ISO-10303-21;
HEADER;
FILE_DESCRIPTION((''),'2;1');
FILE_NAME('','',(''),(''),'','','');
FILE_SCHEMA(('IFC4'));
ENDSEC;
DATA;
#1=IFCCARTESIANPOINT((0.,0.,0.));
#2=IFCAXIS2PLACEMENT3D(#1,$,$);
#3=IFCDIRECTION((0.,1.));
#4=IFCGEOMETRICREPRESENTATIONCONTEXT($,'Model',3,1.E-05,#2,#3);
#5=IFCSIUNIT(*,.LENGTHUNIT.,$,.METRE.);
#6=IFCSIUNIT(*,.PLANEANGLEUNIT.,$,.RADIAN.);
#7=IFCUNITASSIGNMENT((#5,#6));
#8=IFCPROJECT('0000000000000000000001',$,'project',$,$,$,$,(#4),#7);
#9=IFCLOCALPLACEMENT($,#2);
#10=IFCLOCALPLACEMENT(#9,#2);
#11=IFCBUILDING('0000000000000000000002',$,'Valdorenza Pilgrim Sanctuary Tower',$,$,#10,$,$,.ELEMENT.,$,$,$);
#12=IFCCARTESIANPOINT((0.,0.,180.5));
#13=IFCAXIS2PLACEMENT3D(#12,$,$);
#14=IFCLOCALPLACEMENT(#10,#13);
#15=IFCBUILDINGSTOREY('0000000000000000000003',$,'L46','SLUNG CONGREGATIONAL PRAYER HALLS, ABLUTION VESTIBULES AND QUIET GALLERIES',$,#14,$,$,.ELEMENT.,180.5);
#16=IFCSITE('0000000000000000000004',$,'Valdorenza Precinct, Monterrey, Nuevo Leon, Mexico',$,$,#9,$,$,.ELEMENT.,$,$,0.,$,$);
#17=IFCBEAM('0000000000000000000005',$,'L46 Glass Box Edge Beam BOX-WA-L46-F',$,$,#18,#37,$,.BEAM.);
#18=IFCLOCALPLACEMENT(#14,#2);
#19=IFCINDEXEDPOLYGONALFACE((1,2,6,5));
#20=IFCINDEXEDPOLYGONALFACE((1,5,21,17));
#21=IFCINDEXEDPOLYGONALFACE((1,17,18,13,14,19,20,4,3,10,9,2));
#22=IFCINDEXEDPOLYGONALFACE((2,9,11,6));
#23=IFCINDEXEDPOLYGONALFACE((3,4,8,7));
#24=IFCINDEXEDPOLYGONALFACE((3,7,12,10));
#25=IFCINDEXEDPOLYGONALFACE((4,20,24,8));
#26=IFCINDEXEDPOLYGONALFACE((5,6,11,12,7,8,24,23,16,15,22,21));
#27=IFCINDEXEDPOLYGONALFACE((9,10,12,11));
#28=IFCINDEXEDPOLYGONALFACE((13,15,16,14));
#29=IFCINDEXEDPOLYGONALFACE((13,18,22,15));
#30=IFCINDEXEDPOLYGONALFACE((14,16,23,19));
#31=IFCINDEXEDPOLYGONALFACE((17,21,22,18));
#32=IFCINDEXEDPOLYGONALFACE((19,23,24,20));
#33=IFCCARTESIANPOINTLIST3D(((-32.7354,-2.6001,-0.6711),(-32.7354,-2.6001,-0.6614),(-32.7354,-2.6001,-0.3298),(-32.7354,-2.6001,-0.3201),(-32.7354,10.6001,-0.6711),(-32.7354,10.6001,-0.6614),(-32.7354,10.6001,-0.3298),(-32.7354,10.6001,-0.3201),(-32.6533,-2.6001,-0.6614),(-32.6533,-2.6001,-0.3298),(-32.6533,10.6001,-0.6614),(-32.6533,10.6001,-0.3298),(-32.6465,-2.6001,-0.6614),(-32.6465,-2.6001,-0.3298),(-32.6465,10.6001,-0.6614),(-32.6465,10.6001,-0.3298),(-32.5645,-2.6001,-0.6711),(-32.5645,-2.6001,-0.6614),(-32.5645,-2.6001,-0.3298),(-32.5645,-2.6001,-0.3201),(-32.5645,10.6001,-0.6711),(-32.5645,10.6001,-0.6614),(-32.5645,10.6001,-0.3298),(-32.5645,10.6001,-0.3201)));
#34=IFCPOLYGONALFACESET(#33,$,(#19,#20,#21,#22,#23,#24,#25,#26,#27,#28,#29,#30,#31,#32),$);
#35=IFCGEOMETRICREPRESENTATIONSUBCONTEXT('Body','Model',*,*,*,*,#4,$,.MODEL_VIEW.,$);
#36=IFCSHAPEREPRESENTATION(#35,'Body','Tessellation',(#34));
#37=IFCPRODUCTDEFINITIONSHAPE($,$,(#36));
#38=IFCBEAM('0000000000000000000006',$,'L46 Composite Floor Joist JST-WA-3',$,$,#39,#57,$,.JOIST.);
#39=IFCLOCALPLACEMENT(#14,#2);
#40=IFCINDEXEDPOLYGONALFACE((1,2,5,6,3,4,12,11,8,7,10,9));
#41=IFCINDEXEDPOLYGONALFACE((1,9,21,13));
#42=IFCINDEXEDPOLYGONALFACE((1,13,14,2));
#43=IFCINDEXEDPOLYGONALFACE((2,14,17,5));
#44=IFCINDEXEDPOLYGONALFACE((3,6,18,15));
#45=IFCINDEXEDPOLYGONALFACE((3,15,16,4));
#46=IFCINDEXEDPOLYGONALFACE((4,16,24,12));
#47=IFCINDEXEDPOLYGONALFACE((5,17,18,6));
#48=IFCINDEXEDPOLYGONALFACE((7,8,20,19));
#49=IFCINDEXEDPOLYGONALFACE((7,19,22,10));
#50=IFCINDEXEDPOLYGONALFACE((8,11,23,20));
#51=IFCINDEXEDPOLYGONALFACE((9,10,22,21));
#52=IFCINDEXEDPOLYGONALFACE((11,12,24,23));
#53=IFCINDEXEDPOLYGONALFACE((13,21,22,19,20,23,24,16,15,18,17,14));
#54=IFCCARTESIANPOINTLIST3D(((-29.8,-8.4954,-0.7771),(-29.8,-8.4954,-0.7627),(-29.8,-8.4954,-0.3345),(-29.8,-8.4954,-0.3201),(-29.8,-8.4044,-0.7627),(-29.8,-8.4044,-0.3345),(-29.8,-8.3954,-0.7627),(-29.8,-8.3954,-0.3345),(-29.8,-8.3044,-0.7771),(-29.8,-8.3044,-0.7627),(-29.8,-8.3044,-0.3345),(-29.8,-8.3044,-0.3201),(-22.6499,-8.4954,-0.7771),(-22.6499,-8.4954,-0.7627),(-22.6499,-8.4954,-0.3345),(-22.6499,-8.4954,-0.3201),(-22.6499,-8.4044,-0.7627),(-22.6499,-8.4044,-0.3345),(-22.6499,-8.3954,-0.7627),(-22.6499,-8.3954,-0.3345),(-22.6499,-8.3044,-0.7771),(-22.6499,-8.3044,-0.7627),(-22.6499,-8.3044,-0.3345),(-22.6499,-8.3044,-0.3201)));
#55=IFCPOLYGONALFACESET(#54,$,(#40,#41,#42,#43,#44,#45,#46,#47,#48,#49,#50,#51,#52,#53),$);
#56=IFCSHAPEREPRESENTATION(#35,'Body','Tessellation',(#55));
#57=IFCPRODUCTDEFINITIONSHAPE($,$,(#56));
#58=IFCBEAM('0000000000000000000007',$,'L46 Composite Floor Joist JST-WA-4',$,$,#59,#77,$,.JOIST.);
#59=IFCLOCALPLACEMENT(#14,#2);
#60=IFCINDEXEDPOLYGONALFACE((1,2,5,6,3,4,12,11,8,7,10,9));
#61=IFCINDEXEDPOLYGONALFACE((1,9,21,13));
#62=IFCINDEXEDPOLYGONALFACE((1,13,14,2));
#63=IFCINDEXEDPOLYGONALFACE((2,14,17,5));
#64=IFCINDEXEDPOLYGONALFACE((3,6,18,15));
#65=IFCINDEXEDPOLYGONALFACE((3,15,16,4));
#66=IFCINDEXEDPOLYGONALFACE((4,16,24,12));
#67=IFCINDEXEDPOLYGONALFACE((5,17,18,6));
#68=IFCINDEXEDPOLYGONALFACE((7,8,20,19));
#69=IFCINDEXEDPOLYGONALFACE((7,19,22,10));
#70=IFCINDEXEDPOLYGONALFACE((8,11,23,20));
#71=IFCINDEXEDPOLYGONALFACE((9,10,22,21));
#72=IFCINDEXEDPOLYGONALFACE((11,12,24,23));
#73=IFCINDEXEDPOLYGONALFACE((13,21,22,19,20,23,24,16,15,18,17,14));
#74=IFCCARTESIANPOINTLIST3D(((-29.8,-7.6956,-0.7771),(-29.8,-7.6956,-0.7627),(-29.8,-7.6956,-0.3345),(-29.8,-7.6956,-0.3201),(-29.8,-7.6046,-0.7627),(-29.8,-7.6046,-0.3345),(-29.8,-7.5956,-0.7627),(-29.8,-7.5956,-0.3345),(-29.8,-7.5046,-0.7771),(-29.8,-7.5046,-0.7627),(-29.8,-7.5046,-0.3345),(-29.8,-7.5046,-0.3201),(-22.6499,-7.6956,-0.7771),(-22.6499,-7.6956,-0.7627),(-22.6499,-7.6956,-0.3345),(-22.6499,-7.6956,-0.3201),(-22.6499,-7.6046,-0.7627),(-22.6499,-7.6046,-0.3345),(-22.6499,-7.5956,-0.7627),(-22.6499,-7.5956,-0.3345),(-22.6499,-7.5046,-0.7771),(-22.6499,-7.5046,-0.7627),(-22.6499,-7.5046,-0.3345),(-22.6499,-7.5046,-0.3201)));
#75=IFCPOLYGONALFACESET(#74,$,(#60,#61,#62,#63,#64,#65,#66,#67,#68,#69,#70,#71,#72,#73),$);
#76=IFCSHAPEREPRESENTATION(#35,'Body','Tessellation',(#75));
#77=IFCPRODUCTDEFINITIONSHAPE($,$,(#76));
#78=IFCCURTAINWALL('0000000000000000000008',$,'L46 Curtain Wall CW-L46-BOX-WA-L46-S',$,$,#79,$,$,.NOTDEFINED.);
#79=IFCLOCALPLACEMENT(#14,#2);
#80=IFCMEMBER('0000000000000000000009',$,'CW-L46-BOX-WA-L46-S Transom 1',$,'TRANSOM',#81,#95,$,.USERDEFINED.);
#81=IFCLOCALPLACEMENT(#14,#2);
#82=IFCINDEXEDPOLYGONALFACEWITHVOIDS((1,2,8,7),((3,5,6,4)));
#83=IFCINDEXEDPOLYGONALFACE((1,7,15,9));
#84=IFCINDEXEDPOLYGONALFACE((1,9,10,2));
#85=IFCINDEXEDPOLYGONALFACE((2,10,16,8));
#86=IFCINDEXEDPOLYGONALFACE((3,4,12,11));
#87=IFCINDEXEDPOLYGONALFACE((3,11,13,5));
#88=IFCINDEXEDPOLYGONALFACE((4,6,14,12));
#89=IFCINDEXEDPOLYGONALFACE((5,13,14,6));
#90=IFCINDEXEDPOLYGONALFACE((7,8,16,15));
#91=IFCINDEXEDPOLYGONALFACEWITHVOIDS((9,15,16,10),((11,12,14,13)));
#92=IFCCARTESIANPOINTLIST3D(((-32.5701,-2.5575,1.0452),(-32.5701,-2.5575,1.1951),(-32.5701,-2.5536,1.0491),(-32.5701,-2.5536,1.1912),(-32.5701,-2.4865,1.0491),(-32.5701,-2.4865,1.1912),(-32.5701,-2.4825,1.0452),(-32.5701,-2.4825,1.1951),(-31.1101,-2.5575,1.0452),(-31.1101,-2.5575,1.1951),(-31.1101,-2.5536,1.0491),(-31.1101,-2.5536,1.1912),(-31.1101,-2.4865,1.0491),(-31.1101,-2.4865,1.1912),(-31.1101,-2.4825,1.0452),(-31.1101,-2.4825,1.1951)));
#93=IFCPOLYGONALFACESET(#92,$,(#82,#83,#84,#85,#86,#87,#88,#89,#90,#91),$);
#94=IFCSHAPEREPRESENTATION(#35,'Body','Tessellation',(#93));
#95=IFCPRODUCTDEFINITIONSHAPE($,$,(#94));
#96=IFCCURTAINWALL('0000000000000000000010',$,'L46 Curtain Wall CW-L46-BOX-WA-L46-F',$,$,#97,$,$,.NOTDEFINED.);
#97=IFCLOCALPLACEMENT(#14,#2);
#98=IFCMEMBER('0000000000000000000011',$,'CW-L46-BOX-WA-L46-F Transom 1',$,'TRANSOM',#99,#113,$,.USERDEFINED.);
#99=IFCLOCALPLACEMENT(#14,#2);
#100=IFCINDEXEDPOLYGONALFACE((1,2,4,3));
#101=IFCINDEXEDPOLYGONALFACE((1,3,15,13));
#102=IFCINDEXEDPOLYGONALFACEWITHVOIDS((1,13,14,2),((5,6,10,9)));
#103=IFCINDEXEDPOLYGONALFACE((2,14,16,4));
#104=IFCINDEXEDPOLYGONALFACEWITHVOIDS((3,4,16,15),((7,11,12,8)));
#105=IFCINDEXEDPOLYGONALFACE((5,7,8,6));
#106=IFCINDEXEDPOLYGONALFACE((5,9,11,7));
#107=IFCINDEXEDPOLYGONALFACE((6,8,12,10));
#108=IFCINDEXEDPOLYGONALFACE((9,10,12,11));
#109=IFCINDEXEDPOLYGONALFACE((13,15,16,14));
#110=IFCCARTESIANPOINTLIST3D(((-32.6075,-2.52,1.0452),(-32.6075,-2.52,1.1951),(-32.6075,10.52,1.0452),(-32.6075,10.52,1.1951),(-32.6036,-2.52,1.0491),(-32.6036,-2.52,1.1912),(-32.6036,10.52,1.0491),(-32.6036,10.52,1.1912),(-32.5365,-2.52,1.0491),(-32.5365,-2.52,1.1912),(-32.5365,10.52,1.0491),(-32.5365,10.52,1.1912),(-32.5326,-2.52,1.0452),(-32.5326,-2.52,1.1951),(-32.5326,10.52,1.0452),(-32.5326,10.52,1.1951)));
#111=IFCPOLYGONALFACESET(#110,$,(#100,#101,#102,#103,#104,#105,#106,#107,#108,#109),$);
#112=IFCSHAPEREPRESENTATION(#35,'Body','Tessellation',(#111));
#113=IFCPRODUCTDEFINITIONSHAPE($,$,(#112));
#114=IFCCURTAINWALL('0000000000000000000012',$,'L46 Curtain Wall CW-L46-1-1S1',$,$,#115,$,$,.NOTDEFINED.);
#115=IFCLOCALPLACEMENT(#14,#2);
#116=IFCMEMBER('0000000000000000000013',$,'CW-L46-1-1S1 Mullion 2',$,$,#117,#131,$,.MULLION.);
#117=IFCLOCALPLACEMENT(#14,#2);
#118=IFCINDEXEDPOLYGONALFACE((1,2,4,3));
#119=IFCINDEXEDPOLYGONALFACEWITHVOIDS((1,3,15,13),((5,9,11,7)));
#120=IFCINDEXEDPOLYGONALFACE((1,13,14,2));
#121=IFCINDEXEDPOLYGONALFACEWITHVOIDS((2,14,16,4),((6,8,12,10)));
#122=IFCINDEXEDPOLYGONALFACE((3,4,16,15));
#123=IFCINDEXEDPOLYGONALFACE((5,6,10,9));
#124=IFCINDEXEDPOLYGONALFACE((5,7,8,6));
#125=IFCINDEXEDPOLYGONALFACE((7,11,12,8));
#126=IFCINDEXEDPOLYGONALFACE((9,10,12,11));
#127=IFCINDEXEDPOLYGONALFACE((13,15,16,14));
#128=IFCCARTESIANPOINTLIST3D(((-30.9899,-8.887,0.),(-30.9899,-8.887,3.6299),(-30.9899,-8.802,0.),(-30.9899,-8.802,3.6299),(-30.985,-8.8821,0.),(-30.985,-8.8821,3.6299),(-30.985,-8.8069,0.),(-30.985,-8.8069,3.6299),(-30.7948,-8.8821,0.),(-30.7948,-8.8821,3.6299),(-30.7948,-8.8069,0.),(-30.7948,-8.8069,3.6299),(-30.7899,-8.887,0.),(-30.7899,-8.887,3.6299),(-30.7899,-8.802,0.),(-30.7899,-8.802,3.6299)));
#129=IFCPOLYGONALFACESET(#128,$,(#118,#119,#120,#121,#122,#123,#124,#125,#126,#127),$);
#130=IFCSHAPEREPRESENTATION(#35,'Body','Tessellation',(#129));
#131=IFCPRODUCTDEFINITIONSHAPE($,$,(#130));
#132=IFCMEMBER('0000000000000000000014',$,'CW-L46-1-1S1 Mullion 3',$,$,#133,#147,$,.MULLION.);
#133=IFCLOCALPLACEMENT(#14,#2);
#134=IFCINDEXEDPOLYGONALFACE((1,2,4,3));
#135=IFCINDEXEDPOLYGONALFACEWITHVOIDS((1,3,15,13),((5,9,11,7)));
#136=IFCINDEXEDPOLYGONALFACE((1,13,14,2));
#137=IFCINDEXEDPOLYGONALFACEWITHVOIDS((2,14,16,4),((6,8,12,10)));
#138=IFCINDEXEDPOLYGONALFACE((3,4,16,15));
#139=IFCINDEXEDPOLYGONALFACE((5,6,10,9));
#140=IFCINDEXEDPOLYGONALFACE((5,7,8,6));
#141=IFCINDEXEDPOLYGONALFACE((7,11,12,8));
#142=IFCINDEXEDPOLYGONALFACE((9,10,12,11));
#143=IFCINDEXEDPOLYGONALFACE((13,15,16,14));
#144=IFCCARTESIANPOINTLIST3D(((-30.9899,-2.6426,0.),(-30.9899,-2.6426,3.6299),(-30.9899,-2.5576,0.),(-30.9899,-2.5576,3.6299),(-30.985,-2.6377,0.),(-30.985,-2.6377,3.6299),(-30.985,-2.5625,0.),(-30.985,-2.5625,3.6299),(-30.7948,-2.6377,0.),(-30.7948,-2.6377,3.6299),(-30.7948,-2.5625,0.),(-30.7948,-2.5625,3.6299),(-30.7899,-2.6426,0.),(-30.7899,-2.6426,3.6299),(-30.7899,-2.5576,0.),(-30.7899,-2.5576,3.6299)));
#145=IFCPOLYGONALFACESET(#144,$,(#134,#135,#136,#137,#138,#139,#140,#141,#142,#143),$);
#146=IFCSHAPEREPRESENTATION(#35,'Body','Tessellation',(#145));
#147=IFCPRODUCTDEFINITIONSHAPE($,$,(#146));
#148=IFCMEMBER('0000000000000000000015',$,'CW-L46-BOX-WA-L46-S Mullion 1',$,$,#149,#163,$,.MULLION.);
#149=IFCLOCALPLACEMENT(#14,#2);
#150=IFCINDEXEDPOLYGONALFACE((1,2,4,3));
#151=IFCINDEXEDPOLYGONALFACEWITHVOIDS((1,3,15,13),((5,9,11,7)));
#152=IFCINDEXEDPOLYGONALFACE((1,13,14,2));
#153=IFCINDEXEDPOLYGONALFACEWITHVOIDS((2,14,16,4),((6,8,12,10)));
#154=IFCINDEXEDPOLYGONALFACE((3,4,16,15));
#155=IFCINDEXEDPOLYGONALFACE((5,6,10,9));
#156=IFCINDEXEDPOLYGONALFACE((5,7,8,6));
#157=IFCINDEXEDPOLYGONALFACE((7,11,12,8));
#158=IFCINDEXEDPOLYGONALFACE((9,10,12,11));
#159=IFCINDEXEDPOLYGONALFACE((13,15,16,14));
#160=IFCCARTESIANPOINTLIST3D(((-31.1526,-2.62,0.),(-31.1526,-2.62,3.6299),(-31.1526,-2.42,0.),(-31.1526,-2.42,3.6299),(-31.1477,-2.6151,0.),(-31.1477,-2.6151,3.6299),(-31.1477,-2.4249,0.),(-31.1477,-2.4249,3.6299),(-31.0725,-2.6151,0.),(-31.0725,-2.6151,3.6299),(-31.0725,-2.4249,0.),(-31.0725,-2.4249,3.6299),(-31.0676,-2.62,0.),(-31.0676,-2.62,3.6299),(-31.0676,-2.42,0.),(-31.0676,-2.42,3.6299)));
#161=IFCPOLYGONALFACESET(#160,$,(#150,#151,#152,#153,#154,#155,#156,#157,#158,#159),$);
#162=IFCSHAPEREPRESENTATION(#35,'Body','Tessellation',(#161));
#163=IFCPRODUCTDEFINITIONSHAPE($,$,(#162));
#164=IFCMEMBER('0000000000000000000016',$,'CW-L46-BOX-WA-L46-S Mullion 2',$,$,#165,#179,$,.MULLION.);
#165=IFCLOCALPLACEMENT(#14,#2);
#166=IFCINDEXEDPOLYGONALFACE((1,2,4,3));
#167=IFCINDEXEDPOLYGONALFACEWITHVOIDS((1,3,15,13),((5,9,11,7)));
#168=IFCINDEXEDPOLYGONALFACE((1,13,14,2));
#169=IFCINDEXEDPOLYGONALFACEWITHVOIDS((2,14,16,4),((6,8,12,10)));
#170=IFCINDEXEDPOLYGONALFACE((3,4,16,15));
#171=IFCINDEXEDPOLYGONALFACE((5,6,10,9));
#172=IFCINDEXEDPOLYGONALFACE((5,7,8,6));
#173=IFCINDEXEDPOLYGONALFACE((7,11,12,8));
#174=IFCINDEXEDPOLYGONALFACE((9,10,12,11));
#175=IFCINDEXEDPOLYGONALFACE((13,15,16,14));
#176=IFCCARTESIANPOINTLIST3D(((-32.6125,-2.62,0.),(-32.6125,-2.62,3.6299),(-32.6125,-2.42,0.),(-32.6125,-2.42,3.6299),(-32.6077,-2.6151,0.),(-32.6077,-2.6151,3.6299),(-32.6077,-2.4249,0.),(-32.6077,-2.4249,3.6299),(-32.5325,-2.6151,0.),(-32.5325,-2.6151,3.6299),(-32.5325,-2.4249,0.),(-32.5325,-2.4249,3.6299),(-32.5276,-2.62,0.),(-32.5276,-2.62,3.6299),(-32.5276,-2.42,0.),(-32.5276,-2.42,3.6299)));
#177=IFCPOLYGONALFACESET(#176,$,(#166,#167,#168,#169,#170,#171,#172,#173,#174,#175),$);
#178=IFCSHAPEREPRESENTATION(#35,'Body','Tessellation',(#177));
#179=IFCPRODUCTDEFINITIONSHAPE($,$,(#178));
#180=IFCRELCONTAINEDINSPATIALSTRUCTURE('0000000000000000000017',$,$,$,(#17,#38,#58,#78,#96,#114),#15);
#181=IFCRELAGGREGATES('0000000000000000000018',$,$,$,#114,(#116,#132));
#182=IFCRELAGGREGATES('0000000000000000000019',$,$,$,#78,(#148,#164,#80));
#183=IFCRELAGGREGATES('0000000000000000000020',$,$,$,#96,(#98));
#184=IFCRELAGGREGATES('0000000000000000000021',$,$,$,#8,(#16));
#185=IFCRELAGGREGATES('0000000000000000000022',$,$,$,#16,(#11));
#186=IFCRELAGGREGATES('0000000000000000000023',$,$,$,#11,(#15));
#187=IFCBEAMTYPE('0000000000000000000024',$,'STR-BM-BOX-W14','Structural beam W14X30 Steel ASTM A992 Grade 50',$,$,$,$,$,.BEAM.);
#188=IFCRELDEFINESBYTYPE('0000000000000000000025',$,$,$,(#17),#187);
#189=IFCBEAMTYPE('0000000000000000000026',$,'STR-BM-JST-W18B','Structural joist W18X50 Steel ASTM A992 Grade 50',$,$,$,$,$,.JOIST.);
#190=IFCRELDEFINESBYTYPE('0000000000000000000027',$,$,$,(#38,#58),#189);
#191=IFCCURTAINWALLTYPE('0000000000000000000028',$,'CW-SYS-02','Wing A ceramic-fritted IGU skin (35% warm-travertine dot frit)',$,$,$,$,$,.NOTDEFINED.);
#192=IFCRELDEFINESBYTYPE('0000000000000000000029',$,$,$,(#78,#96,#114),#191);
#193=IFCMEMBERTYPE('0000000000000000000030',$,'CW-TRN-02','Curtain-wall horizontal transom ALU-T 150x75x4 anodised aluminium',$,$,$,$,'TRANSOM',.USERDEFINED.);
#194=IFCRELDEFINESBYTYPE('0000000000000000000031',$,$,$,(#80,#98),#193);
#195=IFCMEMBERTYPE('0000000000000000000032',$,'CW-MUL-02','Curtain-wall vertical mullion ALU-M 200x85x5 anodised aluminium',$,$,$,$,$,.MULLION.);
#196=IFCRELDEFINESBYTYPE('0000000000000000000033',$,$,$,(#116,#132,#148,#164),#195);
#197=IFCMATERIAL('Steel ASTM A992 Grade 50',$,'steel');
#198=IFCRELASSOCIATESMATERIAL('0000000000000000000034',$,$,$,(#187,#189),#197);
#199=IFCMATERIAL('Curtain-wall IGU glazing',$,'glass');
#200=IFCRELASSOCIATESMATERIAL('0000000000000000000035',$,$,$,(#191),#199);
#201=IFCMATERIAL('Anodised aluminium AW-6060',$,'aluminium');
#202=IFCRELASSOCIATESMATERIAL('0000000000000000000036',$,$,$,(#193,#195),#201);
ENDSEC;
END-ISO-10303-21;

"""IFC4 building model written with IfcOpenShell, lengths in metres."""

from ifc_helpers import new_model, si_unit, direction, frame, origin, origin_2d, place, context, subcontext, project, spatial, hollow_rectangle, i_section, extrude, source, transform, mapped, material, material_profile, profile_set, type_object, element, aggregate, save


model = new_model("IFC4")

# Units and contexts
model_context = context("Model", 3, precision=1e-05, world=origin(), true_north=direction((0.0, 1.0)))
body_context = subcontext(model_context, "Body", "Model", "MODEL_VIEW")
ifc_project = project(units=[si_unit("LENGTHUNIT", "METRE"), si_unit("PLANEANGLEUNIT", "RADIAN")], contexts=[model_context])

# Site, building, storey
site_placement = place(None, origin())
site = spatial("IfcSite", under=ifc_project, at=site_placement, Name="Valdorenza Precinct, Monterrey, Nuevo Leon, Mexico", CompositionType="ELEMENT", RefElevation=0.0)
building_placement = place(site_placement, origin())
building = spatial("IfcBuilding", under=site, at=building_placement, Name="Valdorenza Pilgrim Sanctuary Tower", CompositionType="ELEMENT")
storey_placement = place(building_placement, frame((0.0, 0.0, 180.5)))
storey = spatial("IfcBuildingStorey", under=building, at=storey_placement, Name="L46", Description="SLUNG CONGREGATIONAL PRAYER HALLS, ABLUTION VESTIBULES AND QUIET GALLERIES", CompositionType="ELEMENT", Elevation=180.5)

# Beams
ifc_material_1 = material(Name="Steel ASTM A992 Grade 50", Category="steel")
ifc_material_profile_1 = material_profile(ifc_material_1, i_section(OverallWidth=0.1709, OverallDepth=0.3511, WebThickness=0.0068, FlangeThickness=0.0098, at=origin_2d()), Name="W14X30")
ifc_profile_set_1 = profile_set([ifc_material_profile_1], Name="Steel ASTM A992 Grade 50")
beam_type_1 = type_object("IfcBeamType", Name="STR-BM-BOX-W14", Description="Structural beam W14X30 Steel ASTM A992 Grade 50", PredefinedType="BEAM", material=ifc_profile_set_1)
shared_shape_1 = source(origin(), body_context, "Body", "SweptSolid", [
    extrude(i_section(OverallWidth=0.1709, OverallDepth=0.3511, WebThickness=0.0068, FlangeThickness=0.0098, at=origin_2d()), origin(), (0.0, 0.0, 1.0), 13.2002),
])
beam_placement = place(storey_placement, frame((-32.6499, -2.6001, -0.4956), z_axis=(0.0, 1.0, 0.0), x_axis=(-1.0, 0.0, 0.0)))
element("IfcBeam", 1, at=beam_placement, inside=storey, type_object=beam_type_1, Name="L46 Glass Box Edge Beam BOX-WA-L46-F", PredefinedType="BEAM", context=body_context, shape_type="MappedRepresentation", body=[
    mapped(shared_shape_1, transform((0.0, 0.0, 0.0), x_axis=(1.0, 0.0, 0.0), y_axis=(0.0, 1.0, 0.0), z_axis=(0.0, 0.0, 1.0), scale=1.0)),
])
ifc_material_profile_2 = material_profile(ifc_material_1, i_section(OverallWidth=0.1909, OverallDepth=0.457, WebThickness=0.009, FlangeThickness=0.0144, at=origin_2d()), Name="W18X50")
ifc_profile_set_2 = profile_set([ifc_material_profile_2], Name="Steel ASTM A992 Grade 50")
beam_type_2 = type_object("IfcBeamType", Name="STR-BM-JST-W18B", Description="Structural joist W18X50 Steel ASTM A992 Grade 50", PredefinedType="JOIST", material=ifc_profile_set_2)
shared_shape_2 = source(origin(), body_context, "Body", "SweptSolid", [
    extrude(i_section(OverallWidth=0.1909, OverallDepth=0.457, WebThickness=0.009, FlangeThickness=0.0144, at=origin_2d()), origin(), (0.0, 0.0, 1.0), 7.1501),
])
for number, where, z_axis, x_axis, name in (
    (2, (-29.8, -8.3999, -0.5486), (1.0, 0.0, 0.0), (0.0, 1.0, 0.0), "L46 Composite Floor Joist JST-WA-3"),
    (3, (-29.8, -7.6001, -0.5486), (1.0, 0.0, 0.0), (0.0, 1.0, 0.0), "L46 Composite Floor Joist JST-WA-4"),
):
    element("IfcBeam", number, at=place(storey_placement, frame(where, z_axis=z_axis, x_axis=x_axis)), inside=storey, type_object=beam_type_2, Name=name, PredefinedType="JOIST", context=body_context, shape_type="MappedRepresentation", body=[
        mapped(shared_shape_2, transform((0.0, 0.0, 0.0), x_axis=(1.0, 0.0, 0.0), y_axis=(0.0, 1.0, 0.0), z_axis=(0.0, 0.0, 1.0), scale=1.0)),
    ])

# Curtain walls, members
ifc_material_2 = material(Name="Curtain-wall IGU glazing", Category="glass")
curtain_wall_type = type_object("IfcCurtainWallType", Name="CW-SYS-02", Description="Wing A ceramic-fritted IGU skin (35% warm-travertine dot frit)", PredefinedType="NOTDEFINED", material=ifc_material_2)
curtain_wall_1_placement = place(storey_placement, origin())
curtain_wall_1 = element("IfcCurtainWall", 4, at=curtain_wall_1_placement, inside=storey, type_object=curtain_wall_type, Name="L46 Curtain Wall CW-L46-BOX-WA-L46-S", PredefinedType="NOTDEFINED")
ifc_material_3 = material(Name="Anodised aluminium AW-6060", Category="aluminium")
ifc_material_profile_3 = material_profile(ifc_material_3, hollow_rectangle(XDim=0.075, YDim=0.1499, WallThickness=0.0039, at=origin_2d()), Name="ALU-T 150x75x4")
ifc_profile_set_3 = profile_set([ifc_material_profile_3], Name="Anodised aluminium AW-6060")
member_type_1 = type_object("IfcMemberType", Name="CW-TRN-02", Description="Curtain-wall horizontal transom ALU-T 150x75x4 anodised aluminium", ElementType="TRANSOM", PredefinedType="USERDEFINED", material=ifc_profile_set_3)
shared_shape_3 = source(origin(), body_context, "Body", "SweptSolid", [
    extrude(hollow_rectangle(XDim=0.075, YDim=0.1499, WallThickness=0.0039, at=origin_2d()), origin(), (0.0, 0.0, 1.0), 1.46),
])
member_1_placement = place(storey_placement, frame((-31.1101, -2.52, 1.1201), z_axis=(-1.0, 0.0, 0.0), x_axis=(0.0, -1.0, 0.0)))
member_1 = element("IfcMember", 5, at=member_1_placement, type_object=member_type_1, Name="CW-L46-BOX-WA-L46-S Transom 1", ObjectType="TRANSOM", PredefinedType="USERDEFINED", context=body_context, shape_type="MappedRepresentation", body=[
    mapped(shared_shape_3, transform((0.0, 0.0, 0.0), x_axis=(1.0, 0.0, 0.0), y_axis=(0.0, 1.0, 0.0), z_axis=(0.0, 0.0, 1.0), scale=1.0)),
])
curtain_wall_2_placement = place(storey_placement, origin())
curtain_wall_2 = element("IfcCurtainWall", 6, at=curtain_wall_2_placement, inside=storey, type_object=curtain_wall_type, Name="L46 Curtain Wall CW-L46-BOX-WA-L46-F", PredefinedType="NOTDEFINED")
shared_shape_4 = source(origin(), body_context, "Body", "SweptSolid", [
    extrude(hollow_rectangle(XDim=0.075, YDim=0.1499, WallThickness=0.0039, at=origin_2d()), origin(), (0.0, 0.0, 1.0), 13.04),
])
member_2_placement = place(storey_placement, frame((-32.5701, -2.52, 1.1201), z_axis=(0.0, 1.0, 0.0), x_axis=(-1.0, 0.0, 0.0)))
member_2 = element("IfcMember", 7, at=member_2_placement, type_object=member_type_1, Name="CW-L46-BOX-WA-L46-F Transom 1", ObjectType="TRANSOM", PredefinedType="USERDEFINED", context=body_context, shape_type="MappedRepresentation", body=[
    mapped(shared_shape_4, transform((0.0, 0.0, 0.0), x_axis=(1.0, 0.0, 0.0), y_axis=(0.0, 1.0, 0.0), z_axis=(0.0, 0.0, 1.0), scale=1.0)),
])

# Curtain wall, members
curtain_wall_3_placement = place(storey_placement, origin())
curtain_wall_3 = element("IfcCurtainWall", 8, at=curtain_wall_3_placement, inside=storey, type_object=curtain_wall_type, Name="L46 Curtain Wall CW-L46-1-1S1", PredefinedType="NOTDEFINED")
ifc_material_profile_4 = material_profile(ifc_material_3, hollow_rectangle(XDim=0.085, YDim=0.2, WallThickness=0.0049, at=origin_2d()), Name="ALU-M 200x85x5")
ifc_profile_set_4 = profile_set([ifc_material_profile_4], Name="Anodised aluminium AW-6060")
member_type_2 = type_object("IfcMemberType", Name="CW-MUL-02", Description="Curtain-wall vertical mullion ALU-M 200x85x5 anodised aluminium", PredefinedType="MULLION", material=ifc_profile_set_4)
shared_shape_5 = source(origin(), body_context, "Body", "SweptSolid", [
    extrude(hollow_rectangle(XDim=0.085, YDim=0.2, WallThickness=0.0049, at=origin_2d()), origin(), (0.0, 0.0, 1.0), 3.6299),
])
member_3_placement = place(storey_placement, frame((-30.8899, -8.8445, 0.0), z_axis=(0.0, 0.0, 1.0), x_axis=(0.0, 1.0, 0.0)))
member_3 = element("IfcMember", 9, at=member_3_placement, type_object=member_type_2, Name="CW-L46-1-1S1 Mullion 2", PredefinedType="MULLION", context=body_context, shape_type="MappedRepresentation", body=[
    mapped(shared_shape_5, transform((0.0, 0.0, 0.0), x_axis=(1.0, 0.0, 0.0), y_axis=(0.0, 1.0, 0.0), z_axis=(0.0, 0.0, 1.0), scale=1.0)),
])
member_4_placement = place(storey_placement, frame((-30.8899, -2.6001, 0.0), z_axis=(0.0, 0.0, 1.0), x_axis=(0.0, 1.0, 0.0)))
member_4 = element("IfcMember", 10, at=member_4_placement, type_object=member_type_2, Name="CW-L46-1-1S1 Mullion 3", PredefinedType="MULLION", context=body_context, shape_type="MappedRepresentation", body=[
    mapped(shared_shape_5, transform((0.0, 0.0, 0.0), x_axis=(1.0, 0.0, 0.0), y_axis=(0.0, 1.0, 0.0), z_axis=(0.0, 0.0, 1.0), scale=1.0)),
])

# Members
member_5_placement = place(storey_placement, frame((-31.1101, -2.52, 0.0), z_axis=(0.0, 0.0, 1.0), x_axis=(-1.0, 0.0, 0.0)))
member_5 = element("IfcMember", 11, at=member_5_placement, type_object=member_type_2, Name="CW-L46-BOX-WA-L46-S Mullion 1", PredefinedType="MULLION", context=body_context, shape_type="MappedRepresentation", body=[
    mapped(shared_shape_5, transform((0.0, 0.0, 0.0), x_axis=(1.0, 0.0, 0.0), y_axis=(0.0, 1.0, 0.0), z_axis=(0.0, 0.0, 1.0), scale=1.0)),
])
member_6_placement = place(storey_placement, frame((-32.5701, -2.52, 0.0), z_axis=(0.0, 0.0, 1.0), x_axis=(-1.0, 0.0, 0.0)))
member_6 = element("IfcMember", 12, at=member_6_placement, type_object=member_type_2, Name="CW-L46-BOX-WA-L46-S Mullion 2", PredefinedType="MULLION", context=body_context, shape_type="MappedRepresentation", body=[
    mapped(shared_shape_5, transform((0.0, 0.0, 0.0), x_axis=(1.0, 0.0, 0.0), y_axis=(0.0, 1.0, 0.0), z_axis=(0.0, 0.0, 1.0), scale=1.0)),
])

aggregate(curtain_wall_3, [member_3, member_4])
aggregate(curtain_wall_1, [member_5, member_6, member_1])
aggregate(curtain_wall_2, [member_2])

save(model, "model.ifc")
